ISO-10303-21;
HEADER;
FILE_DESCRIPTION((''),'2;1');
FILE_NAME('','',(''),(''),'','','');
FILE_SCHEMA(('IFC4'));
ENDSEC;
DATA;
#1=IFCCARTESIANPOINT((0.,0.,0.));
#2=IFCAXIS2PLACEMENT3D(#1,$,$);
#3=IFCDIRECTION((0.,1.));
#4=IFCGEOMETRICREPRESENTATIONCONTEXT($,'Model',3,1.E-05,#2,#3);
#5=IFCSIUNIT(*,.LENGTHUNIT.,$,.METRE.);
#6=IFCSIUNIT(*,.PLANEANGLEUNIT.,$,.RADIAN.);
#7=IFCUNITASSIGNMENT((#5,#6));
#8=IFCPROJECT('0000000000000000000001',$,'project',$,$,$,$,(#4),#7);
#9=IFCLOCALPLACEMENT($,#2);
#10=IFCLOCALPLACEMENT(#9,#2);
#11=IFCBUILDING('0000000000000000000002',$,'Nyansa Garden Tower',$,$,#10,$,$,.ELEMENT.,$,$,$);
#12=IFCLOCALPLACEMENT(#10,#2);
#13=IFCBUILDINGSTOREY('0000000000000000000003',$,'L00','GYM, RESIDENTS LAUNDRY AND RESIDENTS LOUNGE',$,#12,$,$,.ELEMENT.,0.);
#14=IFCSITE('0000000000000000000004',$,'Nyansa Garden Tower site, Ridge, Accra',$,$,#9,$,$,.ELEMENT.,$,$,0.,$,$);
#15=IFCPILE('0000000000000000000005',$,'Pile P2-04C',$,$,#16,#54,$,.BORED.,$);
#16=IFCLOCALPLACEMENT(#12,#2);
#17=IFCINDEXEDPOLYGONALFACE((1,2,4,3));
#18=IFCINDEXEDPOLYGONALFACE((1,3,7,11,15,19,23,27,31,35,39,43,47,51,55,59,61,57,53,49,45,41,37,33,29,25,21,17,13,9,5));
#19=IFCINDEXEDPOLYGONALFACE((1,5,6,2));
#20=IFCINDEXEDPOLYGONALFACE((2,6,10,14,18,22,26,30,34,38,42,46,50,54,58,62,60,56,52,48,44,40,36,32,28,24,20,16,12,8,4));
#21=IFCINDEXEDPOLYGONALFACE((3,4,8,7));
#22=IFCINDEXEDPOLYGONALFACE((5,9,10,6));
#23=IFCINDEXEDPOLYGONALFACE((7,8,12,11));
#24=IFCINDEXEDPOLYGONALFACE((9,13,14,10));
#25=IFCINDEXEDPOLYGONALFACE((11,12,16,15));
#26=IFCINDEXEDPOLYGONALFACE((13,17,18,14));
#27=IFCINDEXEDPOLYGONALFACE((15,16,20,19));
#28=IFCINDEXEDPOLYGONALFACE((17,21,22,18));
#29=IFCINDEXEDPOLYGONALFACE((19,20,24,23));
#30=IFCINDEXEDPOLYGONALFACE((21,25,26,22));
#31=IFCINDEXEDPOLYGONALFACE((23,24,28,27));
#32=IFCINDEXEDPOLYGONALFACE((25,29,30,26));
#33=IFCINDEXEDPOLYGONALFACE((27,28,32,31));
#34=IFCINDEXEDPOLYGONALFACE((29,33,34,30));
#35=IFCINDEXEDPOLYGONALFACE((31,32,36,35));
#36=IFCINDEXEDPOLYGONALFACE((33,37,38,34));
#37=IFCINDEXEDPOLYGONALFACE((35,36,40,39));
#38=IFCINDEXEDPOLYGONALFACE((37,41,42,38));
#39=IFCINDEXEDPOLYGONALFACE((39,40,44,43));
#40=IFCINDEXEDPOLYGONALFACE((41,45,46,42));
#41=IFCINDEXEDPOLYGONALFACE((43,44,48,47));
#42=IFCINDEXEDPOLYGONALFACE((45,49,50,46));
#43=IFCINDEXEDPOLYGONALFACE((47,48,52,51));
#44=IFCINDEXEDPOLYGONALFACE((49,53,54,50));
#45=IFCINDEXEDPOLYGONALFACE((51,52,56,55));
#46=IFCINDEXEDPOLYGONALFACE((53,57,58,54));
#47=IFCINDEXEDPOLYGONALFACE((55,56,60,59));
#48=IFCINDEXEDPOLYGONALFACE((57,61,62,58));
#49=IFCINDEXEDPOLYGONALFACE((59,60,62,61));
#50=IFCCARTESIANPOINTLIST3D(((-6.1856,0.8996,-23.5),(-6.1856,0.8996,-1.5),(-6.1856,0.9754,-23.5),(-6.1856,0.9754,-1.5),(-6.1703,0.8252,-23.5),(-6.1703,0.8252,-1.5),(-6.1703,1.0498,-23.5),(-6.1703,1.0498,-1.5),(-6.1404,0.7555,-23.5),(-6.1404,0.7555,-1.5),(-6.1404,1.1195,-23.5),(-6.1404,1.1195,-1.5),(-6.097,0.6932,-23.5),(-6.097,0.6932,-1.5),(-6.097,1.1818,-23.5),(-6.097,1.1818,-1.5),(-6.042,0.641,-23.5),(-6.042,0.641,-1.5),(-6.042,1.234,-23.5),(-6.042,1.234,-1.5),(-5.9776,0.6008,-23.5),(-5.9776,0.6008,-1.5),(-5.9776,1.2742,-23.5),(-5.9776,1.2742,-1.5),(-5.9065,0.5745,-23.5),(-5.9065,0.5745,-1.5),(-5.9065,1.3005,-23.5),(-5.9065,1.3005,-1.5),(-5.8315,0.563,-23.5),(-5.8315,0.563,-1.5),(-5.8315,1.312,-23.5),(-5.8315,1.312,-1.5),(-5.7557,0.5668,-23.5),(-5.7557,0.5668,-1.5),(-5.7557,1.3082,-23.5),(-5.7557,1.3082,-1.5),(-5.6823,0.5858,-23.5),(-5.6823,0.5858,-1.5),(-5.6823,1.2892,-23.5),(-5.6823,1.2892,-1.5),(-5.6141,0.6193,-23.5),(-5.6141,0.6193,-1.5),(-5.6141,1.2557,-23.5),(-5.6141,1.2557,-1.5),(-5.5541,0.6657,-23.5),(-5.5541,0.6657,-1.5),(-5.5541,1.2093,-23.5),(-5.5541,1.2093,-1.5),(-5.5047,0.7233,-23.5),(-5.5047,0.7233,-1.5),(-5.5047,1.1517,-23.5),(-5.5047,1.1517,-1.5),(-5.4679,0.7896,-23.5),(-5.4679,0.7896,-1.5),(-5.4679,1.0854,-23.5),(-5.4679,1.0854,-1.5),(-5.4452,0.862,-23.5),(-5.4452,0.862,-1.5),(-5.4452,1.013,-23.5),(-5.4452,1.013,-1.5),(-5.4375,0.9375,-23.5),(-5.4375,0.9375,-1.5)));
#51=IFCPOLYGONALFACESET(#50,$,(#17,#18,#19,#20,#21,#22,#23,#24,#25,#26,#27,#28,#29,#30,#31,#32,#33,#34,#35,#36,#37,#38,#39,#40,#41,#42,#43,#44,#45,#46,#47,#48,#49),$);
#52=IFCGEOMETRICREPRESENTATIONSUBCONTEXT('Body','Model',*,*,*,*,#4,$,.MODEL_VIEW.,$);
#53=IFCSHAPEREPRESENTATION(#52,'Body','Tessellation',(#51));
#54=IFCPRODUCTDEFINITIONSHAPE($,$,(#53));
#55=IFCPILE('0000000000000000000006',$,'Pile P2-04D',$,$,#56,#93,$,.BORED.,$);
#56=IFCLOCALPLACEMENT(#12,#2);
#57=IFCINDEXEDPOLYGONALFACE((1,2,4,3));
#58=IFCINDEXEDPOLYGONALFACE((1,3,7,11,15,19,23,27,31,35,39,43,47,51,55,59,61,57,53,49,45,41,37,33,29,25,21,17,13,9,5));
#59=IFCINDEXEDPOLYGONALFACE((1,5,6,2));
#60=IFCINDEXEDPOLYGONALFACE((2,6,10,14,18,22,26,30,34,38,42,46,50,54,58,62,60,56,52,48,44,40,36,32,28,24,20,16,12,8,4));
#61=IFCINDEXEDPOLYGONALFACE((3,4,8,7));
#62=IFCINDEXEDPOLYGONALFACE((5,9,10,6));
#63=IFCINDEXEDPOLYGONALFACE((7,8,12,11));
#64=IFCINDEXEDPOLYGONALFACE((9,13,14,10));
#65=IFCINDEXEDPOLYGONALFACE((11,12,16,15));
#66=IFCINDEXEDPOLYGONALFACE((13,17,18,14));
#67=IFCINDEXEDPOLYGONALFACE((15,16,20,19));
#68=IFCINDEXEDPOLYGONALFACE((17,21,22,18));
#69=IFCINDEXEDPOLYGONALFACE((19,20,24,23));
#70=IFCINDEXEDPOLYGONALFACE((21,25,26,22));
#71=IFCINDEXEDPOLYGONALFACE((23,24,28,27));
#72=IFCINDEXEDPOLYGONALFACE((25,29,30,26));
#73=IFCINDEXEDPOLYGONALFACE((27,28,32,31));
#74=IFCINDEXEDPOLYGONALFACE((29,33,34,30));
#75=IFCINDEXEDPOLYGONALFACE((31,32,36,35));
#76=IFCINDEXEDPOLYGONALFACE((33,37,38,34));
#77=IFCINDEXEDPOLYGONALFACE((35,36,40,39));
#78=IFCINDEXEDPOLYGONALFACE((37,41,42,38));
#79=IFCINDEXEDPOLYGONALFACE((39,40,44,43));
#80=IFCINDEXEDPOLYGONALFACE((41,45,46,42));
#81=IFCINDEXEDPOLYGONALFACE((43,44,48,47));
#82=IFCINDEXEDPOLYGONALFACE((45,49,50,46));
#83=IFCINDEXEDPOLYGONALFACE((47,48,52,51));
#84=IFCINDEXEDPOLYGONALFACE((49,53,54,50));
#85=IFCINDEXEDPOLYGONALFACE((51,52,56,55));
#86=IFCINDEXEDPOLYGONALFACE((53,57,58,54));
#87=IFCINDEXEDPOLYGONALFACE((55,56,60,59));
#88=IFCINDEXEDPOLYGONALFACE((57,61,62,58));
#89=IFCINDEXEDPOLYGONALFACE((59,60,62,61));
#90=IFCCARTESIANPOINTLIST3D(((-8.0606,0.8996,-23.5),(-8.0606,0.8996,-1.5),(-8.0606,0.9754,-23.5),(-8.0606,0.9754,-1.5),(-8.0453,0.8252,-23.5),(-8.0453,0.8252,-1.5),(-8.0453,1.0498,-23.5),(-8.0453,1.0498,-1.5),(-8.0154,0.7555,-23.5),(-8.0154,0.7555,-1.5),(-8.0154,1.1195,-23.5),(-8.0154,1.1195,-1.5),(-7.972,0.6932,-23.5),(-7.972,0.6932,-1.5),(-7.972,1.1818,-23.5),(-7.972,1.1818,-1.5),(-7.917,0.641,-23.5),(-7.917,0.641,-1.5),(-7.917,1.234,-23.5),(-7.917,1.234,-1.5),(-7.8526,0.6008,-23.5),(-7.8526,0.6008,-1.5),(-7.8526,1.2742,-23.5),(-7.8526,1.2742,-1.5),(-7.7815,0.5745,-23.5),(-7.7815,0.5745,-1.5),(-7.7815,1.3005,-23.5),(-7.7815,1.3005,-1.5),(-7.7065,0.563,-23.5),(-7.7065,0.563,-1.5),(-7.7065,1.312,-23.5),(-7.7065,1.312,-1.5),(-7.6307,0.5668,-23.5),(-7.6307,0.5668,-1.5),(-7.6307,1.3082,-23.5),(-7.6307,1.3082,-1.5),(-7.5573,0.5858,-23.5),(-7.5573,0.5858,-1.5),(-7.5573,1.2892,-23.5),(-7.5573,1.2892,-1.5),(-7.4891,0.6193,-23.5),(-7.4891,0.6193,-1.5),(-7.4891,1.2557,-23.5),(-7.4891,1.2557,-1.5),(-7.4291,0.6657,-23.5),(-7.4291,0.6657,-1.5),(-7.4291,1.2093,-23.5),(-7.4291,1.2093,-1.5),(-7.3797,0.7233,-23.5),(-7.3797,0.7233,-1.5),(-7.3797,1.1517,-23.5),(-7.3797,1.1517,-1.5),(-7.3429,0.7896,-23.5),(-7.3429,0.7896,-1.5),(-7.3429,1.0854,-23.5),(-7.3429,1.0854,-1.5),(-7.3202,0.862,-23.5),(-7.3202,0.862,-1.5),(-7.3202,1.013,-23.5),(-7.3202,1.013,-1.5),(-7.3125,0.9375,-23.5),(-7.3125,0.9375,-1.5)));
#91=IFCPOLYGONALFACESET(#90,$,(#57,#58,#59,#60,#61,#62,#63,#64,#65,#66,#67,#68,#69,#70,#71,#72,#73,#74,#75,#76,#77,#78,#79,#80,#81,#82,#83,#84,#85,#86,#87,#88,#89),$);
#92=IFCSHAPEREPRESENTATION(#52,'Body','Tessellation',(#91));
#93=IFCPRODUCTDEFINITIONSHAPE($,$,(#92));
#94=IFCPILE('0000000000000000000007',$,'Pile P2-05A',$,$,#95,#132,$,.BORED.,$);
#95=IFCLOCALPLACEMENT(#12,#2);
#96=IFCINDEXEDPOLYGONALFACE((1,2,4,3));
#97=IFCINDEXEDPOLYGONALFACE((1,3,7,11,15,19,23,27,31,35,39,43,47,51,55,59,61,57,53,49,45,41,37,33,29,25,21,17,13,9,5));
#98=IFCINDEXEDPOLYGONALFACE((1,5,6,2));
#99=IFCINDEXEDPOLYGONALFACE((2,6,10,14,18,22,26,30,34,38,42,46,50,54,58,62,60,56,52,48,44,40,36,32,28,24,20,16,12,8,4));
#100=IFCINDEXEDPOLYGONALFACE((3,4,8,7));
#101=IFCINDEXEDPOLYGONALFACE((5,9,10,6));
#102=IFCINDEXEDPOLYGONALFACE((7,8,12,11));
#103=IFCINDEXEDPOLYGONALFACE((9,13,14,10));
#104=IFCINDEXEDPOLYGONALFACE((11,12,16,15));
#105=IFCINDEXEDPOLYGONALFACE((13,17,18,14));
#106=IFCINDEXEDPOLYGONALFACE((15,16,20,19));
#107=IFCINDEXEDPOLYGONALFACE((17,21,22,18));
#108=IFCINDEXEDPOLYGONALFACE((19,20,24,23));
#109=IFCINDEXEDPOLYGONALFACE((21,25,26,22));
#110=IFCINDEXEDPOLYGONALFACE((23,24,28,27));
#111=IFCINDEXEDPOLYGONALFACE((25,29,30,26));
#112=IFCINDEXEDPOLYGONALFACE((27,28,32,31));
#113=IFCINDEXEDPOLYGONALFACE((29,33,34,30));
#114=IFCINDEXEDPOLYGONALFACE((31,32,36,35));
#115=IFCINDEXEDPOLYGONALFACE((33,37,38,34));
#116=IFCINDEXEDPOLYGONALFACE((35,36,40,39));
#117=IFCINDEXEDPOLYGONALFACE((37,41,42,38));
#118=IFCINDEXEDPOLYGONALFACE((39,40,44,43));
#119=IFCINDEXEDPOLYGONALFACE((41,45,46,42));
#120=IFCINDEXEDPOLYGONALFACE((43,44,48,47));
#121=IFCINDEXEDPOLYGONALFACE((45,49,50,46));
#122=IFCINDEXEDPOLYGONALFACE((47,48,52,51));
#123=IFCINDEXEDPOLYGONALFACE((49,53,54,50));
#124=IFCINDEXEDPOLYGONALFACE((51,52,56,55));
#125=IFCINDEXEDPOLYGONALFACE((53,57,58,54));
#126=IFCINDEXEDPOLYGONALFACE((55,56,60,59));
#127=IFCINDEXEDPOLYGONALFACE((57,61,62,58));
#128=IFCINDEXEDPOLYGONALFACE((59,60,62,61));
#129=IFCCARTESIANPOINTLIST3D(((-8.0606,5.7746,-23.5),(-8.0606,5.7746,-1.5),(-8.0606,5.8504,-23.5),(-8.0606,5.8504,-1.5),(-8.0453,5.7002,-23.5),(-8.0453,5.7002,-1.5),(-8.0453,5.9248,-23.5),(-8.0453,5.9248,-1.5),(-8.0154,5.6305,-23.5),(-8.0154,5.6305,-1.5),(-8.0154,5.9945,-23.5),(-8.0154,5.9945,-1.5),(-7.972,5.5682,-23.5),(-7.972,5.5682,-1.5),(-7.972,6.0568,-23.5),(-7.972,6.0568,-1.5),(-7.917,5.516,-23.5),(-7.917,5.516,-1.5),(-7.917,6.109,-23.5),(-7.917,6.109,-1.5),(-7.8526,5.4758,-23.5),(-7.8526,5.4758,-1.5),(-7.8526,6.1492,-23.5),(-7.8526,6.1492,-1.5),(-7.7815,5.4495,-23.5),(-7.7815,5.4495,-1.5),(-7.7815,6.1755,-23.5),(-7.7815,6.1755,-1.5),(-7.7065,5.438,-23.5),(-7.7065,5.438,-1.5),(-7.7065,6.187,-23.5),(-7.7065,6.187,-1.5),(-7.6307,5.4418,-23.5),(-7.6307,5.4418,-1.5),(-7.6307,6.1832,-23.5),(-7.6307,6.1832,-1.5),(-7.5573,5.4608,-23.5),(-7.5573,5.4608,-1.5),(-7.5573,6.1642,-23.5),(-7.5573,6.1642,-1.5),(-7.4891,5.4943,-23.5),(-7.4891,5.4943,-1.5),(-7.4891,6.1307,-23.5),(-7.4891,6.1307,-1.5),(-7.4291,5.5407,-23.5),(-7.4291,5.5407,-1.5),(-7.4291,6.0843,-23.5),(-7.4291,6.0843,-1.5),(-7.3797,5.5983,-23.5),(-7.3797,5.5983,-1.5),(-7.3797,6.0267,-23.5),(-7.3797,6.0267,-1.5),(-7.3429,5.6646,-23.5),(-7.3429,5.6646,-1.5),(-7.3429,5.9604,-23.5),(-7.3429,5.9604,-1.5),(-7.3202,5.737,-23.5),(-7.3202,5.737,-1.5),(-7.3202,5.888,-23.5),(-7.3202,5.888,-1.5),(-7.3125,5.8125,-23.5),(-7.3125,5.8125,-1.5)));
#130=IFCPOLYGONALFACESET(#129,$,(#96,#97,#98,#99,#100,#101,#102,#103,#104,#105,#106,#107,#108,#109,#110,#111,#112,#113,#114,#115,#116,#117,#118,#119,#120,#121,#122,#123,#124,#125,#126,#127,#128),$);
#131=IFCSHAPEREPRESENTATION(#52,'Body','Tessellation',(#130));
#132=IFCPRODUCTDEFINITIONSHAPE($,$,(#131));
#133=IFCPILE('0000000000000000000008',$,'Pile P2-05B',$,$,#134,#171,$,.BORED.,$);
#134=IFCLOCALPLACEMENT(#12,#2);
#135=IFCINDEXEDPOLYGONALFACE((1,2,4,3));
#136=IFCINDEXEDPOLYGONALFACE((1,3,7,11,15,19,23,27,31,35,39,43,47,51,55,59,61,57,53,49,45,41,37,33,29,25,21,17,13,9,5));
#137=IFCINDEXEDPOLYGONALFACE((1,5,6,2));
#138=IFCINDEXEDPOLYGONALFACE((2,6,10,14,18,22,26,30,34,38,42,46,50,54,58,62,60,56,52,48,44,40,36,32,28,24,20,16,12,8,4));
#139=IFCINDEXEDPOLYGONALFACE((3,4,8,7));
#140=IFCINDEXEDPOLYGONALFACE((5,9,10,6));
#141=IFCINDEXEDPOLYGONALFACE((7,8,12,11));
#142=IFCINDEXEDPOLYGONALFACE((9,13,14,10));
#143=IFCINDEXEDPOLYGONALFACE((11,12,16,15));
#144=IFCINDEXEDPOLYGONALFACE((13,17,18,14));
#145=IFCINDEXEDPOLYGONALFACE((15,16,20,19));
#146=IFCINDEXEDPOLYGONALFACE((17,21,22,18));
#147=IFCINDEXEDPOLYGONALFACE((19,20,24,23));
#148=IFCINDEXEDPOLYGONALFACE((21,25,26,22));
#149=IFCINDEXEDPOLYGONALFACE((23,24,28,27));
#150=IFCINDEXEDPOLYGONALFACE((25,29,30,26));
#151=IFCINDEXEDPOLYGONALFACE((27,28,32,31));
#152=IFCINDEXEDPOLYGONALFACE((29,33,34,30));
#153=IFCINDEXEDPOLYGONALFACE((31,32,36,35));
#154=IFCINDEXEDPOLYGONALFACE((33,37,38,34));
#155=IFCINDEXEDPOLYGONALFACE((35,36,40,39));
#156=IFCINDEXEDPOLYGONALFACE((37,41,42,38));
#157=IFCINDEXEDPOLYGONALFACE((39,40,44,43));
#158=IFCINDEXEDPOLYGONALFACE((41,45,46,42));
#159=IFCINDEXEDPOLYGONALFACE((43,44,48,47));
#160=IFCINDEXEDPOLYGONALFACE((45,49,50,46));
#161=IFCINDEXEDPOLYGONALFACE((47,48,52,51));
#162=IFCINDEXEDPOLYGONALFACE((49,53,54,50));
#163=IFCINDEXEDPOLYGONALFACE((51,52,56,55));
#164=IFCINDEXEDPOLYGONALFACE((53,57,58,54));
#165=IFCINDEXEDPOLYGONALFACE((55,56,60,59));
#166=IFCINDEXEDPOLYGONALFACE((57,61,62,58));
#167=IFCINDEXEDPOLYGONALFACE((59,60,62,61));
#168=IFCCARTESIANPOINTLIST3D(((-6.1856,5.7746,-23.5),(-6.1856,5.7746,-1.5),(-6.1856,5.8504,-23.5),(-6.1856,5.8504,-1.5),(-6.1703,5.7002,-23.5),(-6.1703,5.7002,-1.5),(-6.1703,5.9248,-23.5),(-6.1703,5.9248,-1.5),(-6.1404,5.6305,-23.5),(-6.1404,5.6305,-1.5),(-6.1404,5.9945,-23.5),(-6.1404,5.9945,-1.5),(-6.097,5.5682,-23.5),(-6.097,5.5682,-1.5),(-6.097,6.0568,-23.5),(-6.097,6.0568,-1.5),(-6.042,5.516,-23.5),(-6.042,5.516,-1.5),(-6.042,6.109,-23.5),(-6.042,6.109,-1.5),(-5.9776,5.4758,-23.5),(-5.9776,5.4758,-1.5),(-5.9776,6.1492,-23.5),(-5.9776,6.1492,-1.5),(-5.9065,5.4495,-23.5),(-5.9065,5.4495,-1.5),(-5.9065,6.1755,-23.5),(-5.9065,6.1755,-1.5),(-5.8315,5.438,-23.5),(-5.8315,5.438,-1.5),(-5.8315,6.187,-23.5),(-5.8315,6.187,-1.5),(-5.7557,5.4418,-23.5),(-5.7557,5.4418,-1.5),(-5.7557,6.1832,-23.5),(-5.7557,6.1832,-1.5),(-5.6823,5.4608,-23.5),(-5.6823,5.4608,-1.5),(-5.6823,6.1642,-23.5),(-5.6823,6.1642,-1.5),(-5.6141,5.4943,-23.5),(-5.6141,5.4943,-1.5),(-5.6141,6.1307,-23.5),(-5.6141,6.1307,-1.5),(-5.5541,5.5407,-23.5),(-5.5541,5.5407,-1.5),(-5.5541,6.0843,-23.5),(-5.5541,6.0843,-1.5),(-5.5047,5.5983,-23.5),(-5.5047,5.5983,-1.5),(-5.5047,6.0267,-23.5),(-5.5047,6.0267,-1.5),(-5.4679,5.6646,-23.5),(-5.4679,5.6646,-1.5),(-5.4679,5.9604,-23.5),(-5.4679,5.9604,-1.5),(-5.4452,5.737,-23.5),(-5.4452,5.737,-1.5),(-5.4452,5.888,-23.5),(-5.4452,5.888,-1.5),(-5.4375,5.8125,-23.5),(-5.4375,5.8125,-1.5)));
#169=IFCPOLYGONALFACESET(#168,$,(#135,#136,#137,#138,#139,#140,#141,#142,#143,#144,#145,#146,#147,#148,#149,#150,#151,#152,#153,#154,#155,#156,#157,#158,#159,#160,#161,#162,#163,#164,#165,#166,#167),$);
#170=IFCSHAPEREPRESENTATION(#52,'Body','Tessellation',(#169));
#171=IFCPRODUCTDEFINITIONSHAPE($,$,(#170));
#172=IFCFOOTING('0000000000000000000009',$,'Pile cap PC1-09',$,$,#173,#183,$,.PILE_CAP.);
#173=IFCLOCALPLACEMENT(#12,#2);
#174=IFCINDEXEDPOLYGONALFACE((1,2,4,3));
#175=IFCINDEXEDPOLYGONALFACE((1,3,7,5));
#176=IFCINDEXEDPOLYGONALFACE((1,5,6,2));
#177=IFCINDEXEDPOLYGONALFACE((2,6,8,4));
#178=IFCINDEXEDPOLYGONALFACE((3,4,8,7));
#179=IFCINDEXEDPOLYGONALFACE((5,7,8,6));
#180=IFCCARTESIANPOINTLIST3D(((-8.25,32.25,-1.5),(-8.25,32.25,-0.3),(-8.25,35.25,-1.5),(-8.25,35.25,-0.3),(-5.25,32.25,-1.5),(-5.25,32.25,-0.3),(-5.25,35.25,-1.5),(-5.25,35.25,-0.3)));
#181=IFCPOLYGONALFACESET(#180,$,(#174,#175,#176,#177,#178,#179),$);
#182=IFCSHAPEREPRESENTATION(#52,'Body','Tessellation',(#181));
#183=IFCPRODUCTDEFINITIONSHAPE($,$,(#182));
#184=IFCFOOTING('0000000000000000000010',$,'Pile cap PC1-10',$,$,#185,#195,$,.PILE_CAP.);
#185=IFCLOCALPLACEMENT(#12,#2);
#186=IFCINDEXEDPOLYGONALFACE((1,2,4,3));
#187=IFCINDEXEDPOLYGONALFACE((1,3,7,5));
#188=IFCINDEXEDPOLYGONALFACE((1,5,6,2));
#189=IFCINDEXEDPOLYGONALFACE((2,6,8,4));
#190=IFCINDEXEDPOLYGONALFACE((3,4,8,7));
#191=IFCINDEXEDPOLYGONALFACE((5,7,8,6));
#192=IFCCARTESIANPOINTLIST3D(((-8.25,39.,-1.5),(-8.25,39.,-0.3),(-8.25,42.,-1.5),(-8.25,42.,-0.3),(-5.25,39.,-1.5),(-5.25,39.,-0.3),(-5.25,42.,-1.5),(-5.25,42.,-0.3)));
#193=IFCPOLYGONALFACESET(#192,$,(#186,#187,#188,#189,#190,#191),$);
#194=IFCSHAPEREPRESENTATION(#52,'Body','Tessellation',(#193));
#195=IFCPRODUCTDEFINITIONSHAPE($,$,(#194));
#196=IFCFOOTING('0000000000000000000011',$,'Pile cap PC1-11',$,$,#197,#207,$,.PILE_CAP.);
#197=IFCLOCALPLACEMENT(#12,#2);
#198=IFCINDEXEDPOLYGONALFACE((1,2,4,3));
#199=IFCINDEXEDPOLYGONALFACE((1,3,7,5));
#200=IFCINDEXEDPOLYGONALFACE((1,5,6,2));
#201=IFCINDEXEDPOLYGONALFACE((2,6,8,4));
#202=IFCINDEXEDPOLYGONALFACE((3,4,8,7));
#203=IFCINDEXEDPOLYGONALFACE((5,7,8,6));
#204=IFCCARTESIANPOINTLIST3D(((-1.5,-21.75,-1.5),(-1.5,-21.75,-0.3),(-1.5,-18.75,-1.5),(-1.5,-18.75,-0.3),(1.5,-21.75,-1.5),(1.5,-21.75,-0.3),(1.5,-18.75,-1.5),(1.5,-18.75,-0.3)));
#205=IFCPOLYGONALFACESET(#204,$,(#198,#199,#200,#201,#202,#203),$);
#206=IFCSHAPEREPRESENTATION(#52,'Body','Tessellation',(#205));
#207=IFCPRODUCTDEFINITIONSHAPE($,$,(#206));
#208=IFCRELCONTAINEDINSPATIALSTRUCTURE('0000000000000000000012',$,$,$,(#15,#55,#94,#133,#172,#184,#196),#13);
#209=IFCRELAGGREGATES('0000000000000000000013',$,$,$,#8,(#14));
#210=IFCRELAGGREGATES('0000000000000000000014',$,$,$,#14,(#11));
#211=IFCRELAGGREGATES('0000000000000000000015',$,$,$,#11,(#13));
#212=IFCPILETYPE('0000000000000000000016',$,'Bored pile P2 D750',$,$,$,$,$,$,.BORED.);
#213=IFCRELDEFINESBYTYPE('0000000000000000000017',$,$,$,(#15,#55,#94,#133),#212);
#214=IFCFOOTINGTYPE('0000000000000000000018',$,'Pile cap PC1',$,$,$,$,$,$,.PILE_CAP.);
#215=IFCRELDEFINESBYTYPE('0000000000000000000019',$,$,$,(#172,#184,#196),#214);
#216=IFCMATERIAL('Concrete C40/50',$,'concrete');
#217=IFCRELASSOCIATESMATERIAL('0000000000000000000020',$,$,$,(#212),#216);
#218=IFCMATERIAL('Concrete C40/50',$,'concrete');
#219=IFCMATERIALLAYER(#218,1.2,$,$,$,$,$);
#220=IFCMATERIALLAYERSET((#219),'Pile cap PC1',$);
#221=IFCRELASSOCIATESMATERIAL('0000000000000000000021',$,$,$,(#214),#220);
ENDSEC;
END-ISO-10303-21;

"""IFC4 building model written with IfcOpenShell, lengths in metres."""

from ifc_helpers import new_model, si_unit, direction, frame, origin, origin_2d, place, context, subcontext, project, spatial, polyline, circle, outline, extrude, material, layer, layer_set, type_object, element, save


model = new_model("IFC4")

# Units and contexts
model_context = context("Model", 3, precision=1e-05, world=origin(), true_north=direction((0.0, 1.0)))
body_context = subcontext(model_context, "Body", "Model", "MODEL_VIEW")
ifc_project = project(units=[si_unit("LENGTHUNIT", "METRE"), si_unit("PLANEANGLEUNIT", "RADIAN")], contexts=[model_context])

# Site, building, storey
site_placement = place(None, origin())
site = spatial("IfcSite", under=ifc_project, at=site_placement, Name="Nyansa Garden Tower site, Ridge, Accra", CompositionType="ELEMENT", RefElevation=0.0)
building_placement = place(site_placement, origin())
building = spatial("IfcBuilding", under=site, at=building_placement, Name="Nyansa Garden Tower", CompositionType="ELEMENT")
storey_placement = place(building_placement, origin())
storey = spatial("IfcBuildingStorey", under=building, at=storey_placement, Name="L00", Description="GYM, RESIDENTS LAUNDRY AND RESIDENTS LOUNGE", CompositionType="ELEMENT", Elevation=0.0)

# Piles
ifc_material_1 = material(Name="Concrete C40/50", Category="concrete")
pile_type = type_object("IfcPileType", Name="Bored pile P2 D750", PredefinedType="BORED", material=ifc_material_1)
for number, where, z_axis, x_axis, name in (
    (1, (-5.8125, 0.9375, -1.5), (0.0, 0.0, -1.0), (1.0, 0.0, 0.0), "Pile P2-04C"),
    (2, (-7.6875, 0.9375, -1.5), (0.0, 0.0, -1.0), (1.0, 0.0, 0.0), "Pile P2-04D"),
    (3, (-7.6875, 5.8125, -1.5), (0.0, 0.0, -1.0), (1.0, 0.0, 0.0), "Pile P2-05A"),
    (4, (-5.8125, 5.8125, -1.5), (0.0, 0.0, -1.0), (1.0, 0.0, 0.0), "Pile P2-05B"),
):
    element("IfcPile", number, at=place(storey_placement, frame(where, z_axis=z_axis, x_axis=x_axis)), inside=storey, type_object=pile_type, Name=name, PredefinedType="BORED", context=body_context, shape_type="SweptSolid", body=[
        extrude(circle(Radius=0.375, at=origin_2d()), origin(), (0.0, 0.0, 1.0), 22.0),
    ])

# Footings
ifc_material_2 = material(Name="Concrete C40/50", Category="concrete")
ifc_layer_1 = layer(ifc_material_2, 1.2)
ifc_layer_set_1 = layer_set([ifc_layer_1], Name="Pile cap PC1")
footing_type = type_object("IfcFootingType", Name="Pile cap PC1", PredefinedType="PILE_CAP", material=ifc_layer_set_1)
footing_1_placement = place(storey_placement, frame((0.0, 0.0, -1.5)))
element("IfcFooting", 5, at=footing_1_placement, inside=storey, type_object=footing_type, Name="Pile cap PC1-09", PredefinedType="PILE_CAP", context=body_context, shape_type="SweptSolid", body=[
    extrude(outline(polyline([(-8.25, 32.25), (-5.25, 32.25), (-5.25, 35.25), (-8.25, 35.25), (-8.25, 32.25)])), origin(), (0.0, 0.0, 1.0), 1.2),
])
footing_2_placement = place(storey_placement, frame((0.0, 0.0, -1.5)))
element("IfcFooting", 6, at=footing_2_placement, inside=storey, type_object=footing_type, Name="Pile cap PC1-10", PredefinedType="PILE_CAP", context=body_context, shape_type="SweptSolid", body=[
    extrude(outline(polyline([(-8.25, 39.0), (-5.25, 39.0), (-5.25, 42.0), (-8.25, 42.0), (-8.25, 39.0)])), origin(), (0.0, 0.0, 1.0), 1.2),
])
footing_3_placement = place(storey_placement, frame((0.0, 0.0, -1.5)))
element("IfcFooting", 7, at=footing_3_placement, inside=storey, type_object=footing_type, Name="Pile cap PC1-11", PredefinedType="PILE_CAP", context=body_context, shape_type="SweptSolid", body=[
    extrude(outline(polyline([(-1.5, -21.75), (1.5, -21.75), (1.5, -18.75), (-1.5, -18.75), (-1.5, -21.75)])), origin(), (0.0, 0.0, 1.0), 1.2),
])

save(model, "model.ifc")
